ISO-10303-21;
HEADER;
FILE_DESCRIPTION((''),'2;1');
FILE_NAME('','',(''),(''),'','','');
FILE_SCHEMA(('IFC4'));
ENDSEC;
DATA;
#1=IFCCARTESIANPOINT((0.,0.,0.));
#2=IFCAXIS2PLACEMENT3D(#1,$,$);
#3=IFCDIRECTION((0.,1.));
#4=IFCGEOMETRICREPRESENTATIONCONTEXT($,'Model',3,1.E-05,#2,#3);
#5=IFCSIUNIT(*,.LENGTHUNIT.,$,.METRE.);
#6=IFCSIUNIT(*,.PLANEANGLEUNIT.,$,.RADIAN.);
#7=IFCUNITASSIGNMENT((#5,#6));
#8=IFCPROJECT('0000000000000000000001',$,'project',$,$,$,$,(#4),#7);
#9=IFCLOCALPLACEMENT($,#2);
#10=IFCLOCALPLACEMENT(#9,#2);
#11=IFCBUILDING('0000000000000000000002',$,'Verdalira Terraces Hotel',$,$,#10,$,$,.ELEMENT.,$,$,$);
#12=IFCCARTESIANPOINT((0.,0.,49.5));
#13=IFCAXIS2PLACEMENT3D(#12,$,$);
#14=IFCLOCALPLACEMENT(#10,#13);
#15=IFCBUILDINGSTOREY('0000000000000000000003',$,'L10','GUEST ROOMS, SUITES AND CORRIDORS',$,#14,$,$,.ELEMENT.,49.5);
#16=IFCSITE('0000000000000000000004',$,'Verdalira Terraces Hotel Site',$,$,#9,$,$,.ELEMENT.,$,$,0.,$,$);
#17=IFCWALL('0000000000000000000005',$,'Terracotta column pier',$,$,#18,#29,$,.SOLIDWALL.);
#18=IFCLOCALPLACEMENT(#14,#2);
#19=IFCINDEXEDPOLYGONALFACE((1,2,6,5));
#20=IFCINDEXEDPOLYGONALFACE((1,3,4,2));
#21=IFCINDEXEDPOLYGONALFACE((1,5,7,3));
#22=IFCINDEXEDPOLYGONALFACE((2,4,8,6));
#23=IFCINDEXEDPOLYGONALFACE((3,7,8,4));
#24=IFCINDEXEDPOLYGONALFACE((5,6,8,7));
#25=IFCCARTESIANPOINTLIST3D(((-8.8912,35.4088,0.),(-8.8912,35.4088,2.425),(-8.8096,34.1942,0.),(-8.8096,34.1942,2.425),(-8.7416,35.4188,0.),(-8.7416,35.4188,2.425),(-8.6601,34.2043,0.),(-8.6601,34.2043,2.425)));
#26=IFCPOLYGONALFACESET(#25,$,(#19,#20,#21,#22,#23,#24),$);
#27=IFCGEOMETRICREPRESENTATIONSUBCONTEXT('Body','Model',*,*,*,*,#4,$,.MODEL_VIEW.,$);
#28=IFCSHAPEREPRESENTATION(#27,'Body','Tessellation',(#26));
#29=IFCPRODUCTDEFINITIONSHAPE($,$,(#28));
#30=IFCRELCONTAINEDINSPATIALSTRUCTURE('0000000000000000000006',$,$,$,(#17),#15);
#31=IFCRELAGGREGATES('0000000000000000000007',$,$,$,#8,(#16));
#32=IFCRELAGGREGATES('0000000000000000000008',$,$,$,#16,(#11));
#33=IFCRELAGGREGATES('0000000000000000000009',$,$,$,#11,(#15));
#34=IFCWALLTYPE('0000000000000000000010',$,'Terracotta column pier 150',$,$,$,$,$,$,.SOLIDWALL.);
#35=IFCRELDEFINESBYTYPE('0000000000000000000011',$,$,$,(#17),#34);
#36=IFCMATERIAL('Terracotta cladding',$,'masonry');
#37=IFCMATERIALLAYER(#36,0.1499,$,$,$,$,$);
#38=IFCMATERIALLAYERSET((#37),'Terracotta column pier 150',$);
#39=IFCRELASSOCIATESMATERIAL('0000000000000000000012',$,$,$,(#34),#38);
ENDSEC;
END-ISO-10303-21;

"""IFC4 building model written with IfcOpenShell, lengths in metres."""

from ifc_helpers import new_model, si_unit, direction, frame, frame_2d, origin, place, context, subcontext, project, spatial, rectangle, extrude, material, layer, layer_set, type_object, element, save


model = new_model("IFC4")

# Units and contexts
model_context = context("Model", 3, precision=1e-05, world=origin(), true_north=direction((0.0, 1.0)))
body_context = subcontext(model_context, "Body", "Model", "MODEL_VIEW")
ifc_project = project(units=[si_unit("LENGTHUNIT", "METRE"), si_unit("PLANEANGLEUNIT", "RADIAN")], contexts=[model_context])

# Site, building, storey
site_placement = place(None, origin())
site = spatial("IfcSite", under=ifc_project, at=site_placement, Name="Verdalira Terraces Hotel Site", CompositionType="ELEMENT", RefElevation=0.0)
building_placement = place(site_placement, origin())
building = spatial("IfcBuilding", under=site, at=building_placement, Name="Verdalira Terraces Hotel", CompositionType="ELEMENT")
storey_placement = place(building_placement, frame((0.0, 0.0, 49.5)))
storey = spatial("IfcBuildingStorey", under=building, at=storey_placement, Name="L10", Description="GUEST ROOMS, SUITES AND CORRIDORS", CompositionType="ELEMENT", Elevation=49.5)

# Wall
ifc_material_1 = material(Name="Terracotta cladding", Category="masonry")
ifc_layer_1 = layer(ifc_material_1, 0.1499)
ifc_layer_set_1 = layer_set([ifc_layer_1], Name="Terracotta column pier 150")
wall_type_1 = type_object("IfcWallType", Name="Terracotta column pier 150", PredefinedType="SOLIDWALL", material=ifc_layer_set_1)
wall_1_placement = place(storey_placement, frame((-8.8164, 35.4138, 0.0), z_axis=(0.0, 0.0, 1.0), x_axis=(0.066985, -0.997754, 0.0)))
element("IfcWall", 1, at=wall_1_placement, inside=storey, type_object=wall_type_1, Name="Terracotta column pier", PredefinedType="SOLIDWALL", context=body_context, shape_type="SweptSolid", body=[
    extrude(rectangle(XDim=1.2173, YDim=0.1499, at=frame_2d((0.6086, 0.0))), origin(), (0.0, 0.0, 1.0), 2.425),
])

save(model, "model.ifc")
